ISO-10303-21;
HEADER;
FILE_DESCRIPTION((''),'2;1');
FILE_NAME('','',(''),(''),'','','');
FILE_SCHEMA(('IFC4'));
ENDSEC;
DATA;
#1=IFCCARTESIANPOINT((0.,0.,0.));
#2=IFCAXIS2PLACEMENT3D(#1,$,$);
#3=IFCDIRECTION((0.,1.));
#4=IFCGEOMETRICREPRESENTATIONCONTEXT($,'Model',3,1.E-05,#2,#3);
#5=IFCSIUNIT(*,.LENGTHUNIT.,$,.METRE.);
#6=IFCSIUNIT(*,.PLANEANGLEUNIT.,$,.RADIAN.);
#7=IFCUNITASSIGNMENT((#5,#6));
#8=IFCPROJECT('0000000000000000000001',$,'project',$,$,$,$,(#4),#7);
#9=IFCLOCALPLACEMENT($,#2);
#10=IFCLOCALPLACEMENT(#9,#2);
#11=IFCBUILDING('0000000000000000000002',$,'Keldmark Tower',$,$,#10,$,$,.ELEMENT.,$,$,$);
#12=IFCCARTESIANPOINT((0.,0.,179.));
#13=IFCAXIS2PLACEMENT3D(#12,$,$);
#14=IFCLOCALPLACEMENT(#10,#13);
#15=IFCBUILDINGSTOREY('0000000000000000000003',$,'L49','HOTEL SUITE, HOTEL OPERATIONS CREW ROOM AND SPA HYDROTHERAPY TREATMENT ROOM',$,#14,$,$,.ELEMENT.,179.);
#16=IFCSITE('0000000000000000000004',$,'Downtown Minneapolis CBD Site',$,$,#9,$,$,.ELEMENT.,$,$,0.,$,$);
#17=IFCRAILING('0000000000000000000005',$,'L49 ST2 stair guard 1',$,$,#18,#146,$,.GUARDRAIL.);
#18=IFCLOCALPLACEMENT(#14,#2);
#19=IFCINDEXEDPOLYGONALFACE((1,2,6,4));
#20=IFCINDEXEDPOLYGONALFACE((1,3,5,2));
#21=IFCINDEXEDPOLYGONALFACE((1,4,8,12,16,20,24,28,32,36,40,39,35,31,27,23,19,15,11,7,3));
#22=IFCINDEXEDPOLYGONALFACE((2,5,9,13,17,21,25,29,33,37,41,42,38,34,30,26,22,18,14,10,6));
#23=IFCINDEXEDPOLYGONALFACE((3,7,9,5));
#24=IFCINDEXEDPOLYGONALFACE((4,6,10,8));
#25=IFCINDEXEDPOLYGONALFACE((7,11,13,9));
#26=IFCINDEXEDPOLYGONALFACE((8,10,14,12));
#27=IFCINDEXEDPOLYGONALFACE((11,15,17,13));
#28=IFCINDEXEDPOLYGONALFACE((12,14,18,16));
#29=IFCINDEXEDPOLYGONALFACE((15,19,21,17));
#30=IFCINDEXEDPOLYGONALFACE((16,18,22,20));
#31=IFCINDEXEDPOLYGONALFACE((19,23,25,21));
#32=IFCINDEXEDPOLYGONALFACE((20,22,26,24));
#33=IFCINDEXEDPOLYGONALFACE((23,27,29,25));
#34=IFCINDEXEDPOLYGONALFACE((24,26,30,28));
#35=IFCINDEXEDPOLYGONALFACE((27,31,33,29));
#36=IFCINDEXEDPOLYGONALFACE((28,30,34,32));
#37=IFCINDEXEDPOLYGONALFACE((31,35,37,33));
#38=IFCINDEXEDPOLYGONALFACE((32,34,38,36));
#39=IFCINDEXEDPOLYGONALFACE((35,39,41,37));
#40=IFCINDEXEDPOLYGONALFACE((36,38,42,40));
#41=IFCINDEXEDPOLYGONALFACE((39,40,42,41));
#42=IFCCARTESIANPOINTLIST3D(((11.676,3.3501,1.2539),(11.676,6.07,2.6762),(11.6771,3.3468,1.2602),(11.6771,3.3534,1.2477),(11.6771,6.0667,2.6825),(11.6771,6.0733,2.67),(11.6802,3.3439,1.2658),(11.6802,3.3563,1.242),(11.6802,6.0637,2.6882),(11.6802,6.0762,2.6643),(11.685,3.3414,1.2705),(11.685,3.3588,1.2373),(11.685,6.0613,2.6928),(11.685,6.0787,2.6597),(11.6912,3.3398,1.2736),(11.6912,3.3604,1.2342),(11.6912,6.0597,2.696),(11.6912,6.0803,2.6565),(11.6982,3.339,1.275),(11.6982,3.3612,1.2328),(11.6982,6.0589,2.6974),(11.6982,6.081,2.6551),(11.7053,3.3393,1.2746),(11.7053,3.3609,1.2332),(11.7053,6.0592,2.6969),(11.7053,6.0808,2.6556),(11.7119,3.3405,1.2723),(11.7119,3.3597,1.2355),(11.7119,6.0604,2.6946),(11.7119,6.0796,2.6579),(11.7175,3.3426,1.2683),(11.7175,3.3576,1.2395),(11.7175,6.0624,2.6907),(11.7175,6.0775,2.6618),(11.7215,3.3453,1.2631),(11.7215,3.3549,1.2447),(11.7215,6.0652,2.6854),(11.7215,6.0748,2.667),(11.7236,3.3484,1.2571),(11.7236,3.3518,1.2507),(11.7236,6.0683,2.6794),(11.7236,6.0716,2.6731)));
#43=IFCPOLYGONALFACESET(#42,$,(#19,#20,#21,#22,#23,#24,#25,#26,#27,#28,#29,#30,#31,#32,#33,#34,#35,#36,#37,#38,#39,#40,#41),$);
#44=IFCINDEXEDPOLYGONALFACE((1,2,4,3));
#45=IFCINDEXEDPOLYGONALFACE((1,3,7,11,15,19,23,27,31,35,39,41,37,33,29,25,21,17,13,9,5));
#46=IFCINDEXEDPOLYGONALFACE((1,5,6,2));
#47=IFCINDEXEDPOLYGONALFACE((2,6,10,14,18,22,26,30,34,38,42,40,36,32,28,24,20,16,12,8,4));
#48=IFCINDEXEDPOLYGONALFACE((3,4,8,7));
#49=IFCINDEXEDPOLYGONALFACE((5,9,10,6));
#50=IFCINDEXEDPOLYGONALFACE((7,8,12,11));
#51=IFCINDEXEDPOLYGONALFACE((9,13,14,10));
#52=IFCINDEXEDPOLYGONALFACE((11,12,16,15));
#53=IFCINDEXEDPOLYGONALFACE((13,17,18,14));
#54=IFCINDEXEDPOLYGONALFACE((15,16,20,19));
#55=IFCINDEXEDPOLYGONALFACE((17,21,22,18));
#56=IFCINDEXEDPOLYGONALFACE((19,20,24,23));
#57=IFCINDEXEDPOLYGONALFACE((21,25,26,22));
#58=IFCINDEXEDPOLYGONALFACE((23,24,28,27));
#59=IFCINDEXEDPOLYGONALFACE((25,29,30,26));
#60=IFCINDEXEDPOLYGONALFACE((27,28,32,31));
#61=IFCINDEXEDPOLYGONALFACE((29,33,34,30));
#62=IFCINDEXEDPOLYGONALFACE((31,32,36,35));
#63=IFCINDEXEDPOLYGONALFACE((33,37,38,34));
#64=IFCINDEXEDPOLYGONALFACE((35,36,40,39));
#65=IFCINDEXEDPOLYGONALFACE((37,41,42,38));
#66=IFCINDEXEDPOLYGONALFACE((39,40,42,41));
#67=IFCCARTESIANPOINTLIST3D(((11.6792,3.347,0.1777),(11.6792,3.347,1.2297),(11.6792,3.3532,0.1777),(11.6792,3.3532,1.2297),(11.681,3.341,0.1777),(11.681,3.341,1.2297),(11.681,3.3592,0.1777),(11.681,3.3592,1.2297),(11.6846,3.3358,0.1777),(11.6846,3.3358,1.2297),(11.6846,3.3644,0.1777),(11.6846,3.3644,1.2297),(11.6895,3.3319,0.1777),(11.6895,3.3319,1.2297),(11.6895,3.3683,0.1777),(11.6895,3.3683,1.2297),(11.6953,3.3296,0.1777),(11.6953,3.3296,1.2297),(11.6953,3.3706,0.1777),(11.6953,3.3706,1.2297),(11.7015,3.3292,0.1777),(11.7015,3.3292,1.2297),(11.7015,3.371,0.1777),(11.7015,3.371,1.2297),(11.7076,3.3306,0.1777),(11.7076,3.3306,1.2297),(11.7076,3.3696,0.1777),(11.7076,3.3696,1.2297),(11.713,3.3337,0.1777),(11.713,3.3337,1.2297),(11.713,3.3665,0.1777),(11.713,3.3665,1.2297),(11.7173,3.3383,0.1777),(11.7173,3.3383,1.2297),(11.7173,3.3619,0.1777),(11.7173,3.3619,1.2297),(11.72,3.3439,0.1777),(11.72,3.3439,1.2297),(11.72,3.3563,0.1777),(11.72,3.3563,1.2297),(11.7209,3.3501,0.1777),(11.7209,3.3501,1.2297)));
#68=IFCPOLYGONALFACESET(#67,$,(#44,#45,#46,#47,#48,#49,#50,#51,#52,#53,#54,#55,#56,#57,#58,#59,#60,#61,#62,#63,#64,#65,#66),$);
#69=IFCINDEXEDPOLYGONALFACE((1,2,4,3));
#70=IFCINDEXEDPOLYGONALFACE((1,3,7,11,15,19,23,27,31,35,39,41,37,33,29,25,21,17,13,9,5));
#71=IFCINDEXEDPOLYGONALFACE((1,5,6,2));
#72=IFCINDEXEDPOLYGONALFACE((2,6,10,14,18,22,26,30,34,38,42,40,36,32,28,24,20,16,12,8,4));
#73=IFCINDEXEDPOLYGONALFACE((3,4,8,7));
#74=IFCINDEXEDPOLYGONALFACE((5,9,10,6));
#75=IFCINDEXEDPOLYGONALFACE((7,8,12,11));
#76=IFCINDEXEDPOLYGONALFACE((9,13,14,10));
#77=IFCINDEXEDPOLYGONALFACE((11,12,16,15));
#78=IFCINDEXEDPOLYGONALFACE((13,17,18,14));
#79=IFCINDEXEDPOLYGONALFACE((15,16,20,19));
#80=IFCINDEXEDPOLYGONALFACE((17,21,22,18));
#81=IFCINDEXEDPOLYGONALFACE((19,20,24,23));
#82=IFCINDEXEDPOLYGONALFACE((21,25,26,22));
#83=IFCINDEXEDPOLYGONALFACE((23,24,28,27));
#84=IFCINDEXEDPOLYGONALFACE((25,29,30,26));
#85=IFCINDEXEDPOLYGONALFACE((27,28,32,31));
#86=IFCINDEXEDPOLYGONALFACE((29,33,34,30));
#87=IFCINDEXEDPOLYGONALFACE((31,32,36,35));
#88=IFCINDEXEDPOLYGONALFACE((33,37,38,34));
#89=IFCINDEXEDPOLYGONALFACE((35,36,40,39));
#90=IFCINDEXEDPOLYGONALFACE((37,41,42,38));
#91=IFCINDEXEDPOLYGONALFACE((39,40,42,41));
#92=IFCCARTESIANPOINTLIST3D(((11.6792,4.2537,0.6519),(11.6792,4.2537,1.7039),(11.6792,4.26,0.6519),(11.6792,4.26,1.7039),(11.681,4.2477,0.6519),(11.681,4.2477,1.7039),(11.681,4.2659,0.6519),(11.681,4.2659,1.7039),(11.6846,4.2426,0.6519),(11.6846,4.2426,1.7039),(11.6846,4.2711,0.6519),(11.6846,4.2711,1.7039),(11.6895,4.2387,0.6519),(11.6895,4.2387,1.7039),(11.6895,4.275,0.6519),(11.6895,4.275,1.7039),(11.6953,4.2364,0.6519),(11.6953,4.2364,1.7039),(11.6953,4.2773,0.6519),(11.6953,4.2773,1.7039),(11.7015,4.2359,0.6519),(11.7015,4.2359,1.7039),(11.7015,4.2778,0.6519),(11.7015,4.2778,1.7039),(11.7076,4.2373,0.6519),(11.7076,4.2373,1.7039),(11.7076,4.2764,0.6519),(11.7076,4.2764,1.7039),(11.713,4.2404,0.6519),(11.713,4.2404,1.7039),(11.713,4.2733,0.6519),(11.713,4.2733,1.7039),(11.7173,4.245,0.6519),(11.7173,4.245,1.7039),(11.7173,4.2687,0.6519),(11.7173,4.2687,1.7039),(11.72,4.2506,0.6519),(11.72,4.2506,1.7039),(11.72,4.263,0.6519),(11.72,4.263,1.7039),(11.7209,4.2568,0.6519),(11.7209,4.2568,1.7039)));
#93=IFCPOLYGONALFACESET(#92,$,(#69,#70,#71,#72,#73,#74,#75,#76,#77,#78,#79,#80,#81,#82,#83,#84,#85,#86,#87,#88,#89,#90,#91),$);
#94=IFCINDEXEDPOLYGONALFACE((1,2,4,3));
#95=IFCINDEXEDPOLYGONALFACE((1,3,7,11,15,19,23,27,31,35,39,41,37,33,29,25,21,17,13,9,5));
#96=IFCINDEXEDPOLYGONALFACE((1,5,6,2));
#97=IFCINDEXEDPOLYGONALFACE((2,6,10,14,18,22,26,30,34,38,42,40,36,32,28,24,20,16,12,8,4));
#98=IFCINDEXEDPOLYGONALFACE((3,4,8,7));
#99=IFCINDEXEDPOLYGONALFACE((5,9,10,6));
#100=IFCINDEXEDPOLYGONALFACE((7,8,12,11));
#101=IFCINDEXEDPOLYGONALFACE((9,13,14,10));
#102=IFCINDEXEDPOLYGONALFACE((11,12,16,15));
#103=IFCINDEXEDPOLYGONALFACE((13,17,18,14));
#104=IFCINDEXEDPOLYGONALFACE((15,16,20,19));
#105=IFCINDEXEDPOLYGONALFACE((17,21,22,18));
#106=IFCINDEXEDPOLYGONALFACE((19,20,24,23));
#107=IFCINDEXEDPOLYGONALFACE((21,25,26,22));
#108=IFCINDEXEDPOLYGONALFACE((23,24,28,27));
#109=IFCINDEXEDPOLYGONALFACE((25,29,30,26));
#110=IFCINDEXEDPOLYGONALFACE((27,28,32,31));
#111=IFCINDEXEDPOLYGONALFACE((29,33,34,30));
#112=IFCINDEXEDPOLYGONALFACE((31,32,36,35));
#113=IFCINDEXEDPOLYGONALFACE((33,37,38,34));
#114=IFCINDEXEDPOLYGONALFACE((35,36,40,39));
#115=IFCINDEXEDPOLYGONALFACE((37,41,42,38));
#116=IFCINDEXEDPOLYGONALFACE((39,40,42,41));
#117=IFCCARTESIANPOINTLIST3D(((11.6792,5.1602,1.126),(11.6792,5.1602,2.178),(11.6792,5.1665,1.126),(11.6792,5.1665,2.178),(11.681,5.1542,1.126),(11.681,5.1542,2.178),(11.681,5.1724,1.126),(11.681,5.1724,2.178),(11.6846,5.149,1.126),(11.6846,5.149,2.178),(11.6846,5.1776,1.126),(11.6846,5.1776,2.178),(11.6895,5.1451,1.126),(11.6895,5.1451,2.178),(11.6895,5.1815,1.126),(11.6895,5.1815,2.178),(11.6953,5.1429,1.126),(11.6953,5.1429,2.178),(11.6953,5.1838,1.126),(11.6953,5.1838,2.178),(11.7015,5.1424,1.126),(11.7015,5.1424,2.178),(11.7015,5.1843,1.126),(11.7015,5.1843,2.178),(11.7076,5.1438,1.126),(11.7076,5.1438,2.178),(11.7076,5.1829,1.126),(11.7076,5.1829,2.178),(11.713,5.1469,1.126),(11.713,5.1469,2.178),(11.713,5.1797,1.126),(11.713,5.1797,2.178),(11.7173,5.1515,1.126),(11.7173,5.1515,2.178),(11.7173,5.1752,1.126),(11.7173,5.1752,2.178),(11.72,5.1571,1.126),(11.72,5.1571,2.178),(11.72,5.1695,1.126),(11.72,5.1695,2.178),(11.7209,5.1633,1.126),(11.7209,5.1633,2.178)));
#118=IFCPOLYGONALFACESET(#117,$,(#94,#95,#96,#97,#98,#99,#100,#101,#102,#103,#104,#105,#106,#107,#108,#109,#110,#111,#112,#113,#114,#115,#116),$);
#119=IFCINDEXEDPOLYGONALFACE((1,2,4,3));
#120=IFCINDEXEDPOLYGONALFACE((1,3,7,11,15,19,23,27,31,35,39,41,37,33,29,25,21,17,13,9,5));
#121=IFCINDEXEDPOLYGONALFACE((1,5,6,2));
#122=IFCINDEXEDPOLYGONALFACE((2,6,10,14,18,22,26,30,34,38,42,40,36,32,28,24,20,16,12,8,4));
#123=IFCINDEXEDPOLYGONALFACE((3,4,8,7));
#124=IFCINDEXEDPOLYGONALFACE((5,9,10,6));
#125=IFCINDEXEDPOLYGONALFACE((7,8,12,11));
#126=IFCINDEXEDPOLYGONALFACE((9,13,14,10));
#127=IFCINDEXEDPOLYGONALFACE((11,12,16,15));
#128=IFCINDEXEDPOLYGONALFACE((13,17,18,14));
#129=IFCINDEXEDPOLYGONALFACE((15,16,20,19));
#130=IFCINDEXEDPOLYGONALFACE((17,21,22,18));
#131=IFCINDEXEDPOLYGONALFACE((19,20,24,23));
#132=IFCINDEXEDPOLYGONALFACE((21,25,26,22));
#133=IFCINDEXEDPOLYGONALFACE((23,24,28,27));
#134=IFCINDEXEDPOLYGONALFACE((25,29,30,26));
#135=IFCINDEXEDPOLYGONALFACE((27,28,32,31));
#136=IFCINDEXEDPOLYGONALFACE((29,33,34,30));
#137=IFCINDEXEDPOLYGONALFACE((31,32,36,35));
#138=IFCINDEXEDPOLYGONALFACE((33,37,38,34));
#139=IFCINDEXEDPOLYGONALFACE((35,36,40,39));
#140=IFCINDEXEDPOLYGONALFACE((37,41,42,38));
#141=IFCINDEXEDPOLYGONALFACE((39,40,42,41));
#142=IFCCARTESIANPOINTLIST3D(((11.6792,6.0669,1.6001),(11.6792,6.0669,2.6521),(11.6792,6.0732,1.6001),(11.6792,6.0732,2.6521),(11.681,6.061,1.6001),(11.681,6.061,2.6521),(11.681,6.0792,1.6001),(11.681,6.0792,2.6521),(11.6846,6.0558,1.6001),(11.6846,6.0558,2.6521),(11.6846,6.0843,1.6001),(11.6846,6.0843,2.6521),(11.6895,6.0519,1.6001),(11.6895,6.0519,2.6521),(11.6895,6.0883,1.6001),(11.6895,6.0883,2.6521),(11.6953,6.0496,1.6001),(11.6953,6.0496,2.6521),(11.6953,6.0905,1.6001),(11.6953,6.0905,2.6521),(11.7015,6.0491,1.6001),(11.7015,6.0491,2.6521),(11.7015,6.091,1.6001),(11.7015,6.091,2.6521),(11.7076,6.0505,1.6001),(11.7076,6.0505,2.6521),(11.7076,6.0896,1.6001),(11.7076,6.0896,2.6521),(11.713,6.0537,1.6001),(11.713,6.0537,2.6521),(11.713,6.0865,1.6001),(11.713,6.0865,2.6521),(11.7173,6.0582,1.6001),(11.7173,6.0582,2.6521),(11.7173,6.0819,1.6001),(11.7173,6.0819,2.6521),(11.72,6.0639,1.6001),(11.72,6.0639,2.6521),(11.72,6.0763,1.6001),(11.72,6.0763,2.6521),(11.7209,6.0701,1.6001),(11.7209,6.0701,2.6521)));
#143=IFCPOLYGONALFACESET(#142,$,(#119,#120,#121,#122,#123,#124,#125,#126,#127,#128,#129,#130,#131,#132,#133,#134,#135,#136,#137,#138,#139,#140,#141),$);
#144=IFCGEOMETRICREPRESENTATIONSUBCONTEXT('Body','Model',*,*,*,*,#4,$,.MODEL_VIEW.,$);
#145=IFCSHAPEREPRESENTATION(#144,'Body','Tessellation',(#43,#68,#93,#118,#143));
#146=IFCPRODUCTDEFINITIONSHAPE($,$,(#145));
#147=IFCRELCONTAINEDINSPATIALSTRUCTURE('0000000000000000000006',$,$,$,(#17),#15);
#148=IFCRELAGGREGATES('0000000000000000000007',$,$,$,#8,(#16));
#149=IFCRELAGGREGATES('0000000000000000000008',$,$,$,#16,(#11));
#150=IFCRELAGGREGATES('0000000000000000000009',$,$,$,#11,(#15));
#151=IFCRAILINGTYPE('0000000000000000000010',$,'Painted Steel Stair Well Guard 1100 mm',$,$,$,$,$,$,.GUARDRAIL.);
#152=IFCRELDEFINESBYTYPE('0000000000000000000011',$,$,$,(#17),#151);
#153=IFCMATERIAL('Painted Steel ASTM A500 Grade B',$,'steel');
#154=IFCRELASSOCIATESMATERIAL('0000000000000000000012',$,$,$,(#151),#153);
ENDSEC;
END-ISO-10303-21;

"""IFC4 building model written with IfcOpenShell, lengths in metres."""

from ifc_helpers import new_model, si_unit, direction, frame, origin, origin_2d, place, context, subcontext, project, spatial, circle, extrude, material, type_object, element, save


model = new_model("IFC4")

# Units and contexts
model_context = context("Model", 3, precision=1e-05, world=origin(), true_north=direction((0.0, 1.0)))
body_context = subcontext(model_context, "Body", "Model", "MODEL_VIEW")
ifc_project = project(units=[si_unit("LENGTHUNIT", "METRE"), si_unit("PLANEANGLEUNIT", "RADIAN")], contexts=[model_context])

# Site, building, storey
site_placement = place(None, origin())
site = spatial("IfcSite", under=ifc_project, at=site_placement, Name="Downtown Minneapolis CBD Site", CompositionType="ELEMENT", RefElevation=0.0)
building_placement = place(site_placement, origin())
building = spatial("IfcBuilding", under=site, at=building_placement, Name="Keldmark Tower", CompositionType="ELEMENT")
storey_placement = place(building_placement, frame((0.0, 0.0, 179.0)))
storey = spatial("IfcBuildingStorey", under=building, at=storey_placement, Name="L49", Description="HOTEL SUITE, HOTEL OPERATIONS CREW ROOM AND SPA HYDROTHERAPY TREATMENT ROOM", CompositionType="ELEMENT", Elevation=179.0)

# Railing
ifc_material_1 = material(Name="Painted Steel ASTM A500 Grade B", Category="steel")
railing_type_1 = type_object("IfcRailingType", Name="Painted Steel Stair Well Guard 1100 mm", PredefinedType="GUARDRAIL", material=ifc_material_1)
railing_1_placement = place(storey_placement, frame((11.7, 3.3501, 0.1777)))
element("IfcRailing", 1, at=railing_1_placement, inside=storey, type_object=railing_type_1, Name="L49 ST2 stair guard 1", PredefinedType="GUARDRAIL", context=body_context, shape_type="SweptSolid", body=[
    extrude(circle(Radius=0.0239, at=origin_2d()), frame((0.0, 0.0, 1.0762), z_axis=(0.0, 0.88615, 0.463398), x_axis=(-1.0, 0.0, 0.0)), (0.0, 0.0, 1.0), 3.0693),
    extrude(circle(Radius=0.021, at=origin_2d()), origin(), (0.0, 0.0, 1.0), 1.052),
    extrude(circle(Radius=0.021, at=origin_2d()), frame((0.0, 0.9067, 0.4741)), (0.0, 0.0, 1.0), 1.052),
    extrude(circle(Radius=0.021, at=origin_2d()), frame((0.0, 1.8132, 0.9482)), (0.0, 0.0, 1.0), 1.052),
    extrude(circle(Radius=0.021, at=origin_2d()), frame((0.0, 2.72, 1.4224)), (0.0, 0.0, 1.0), 1.052),
])

save(model, "model.ifc")
